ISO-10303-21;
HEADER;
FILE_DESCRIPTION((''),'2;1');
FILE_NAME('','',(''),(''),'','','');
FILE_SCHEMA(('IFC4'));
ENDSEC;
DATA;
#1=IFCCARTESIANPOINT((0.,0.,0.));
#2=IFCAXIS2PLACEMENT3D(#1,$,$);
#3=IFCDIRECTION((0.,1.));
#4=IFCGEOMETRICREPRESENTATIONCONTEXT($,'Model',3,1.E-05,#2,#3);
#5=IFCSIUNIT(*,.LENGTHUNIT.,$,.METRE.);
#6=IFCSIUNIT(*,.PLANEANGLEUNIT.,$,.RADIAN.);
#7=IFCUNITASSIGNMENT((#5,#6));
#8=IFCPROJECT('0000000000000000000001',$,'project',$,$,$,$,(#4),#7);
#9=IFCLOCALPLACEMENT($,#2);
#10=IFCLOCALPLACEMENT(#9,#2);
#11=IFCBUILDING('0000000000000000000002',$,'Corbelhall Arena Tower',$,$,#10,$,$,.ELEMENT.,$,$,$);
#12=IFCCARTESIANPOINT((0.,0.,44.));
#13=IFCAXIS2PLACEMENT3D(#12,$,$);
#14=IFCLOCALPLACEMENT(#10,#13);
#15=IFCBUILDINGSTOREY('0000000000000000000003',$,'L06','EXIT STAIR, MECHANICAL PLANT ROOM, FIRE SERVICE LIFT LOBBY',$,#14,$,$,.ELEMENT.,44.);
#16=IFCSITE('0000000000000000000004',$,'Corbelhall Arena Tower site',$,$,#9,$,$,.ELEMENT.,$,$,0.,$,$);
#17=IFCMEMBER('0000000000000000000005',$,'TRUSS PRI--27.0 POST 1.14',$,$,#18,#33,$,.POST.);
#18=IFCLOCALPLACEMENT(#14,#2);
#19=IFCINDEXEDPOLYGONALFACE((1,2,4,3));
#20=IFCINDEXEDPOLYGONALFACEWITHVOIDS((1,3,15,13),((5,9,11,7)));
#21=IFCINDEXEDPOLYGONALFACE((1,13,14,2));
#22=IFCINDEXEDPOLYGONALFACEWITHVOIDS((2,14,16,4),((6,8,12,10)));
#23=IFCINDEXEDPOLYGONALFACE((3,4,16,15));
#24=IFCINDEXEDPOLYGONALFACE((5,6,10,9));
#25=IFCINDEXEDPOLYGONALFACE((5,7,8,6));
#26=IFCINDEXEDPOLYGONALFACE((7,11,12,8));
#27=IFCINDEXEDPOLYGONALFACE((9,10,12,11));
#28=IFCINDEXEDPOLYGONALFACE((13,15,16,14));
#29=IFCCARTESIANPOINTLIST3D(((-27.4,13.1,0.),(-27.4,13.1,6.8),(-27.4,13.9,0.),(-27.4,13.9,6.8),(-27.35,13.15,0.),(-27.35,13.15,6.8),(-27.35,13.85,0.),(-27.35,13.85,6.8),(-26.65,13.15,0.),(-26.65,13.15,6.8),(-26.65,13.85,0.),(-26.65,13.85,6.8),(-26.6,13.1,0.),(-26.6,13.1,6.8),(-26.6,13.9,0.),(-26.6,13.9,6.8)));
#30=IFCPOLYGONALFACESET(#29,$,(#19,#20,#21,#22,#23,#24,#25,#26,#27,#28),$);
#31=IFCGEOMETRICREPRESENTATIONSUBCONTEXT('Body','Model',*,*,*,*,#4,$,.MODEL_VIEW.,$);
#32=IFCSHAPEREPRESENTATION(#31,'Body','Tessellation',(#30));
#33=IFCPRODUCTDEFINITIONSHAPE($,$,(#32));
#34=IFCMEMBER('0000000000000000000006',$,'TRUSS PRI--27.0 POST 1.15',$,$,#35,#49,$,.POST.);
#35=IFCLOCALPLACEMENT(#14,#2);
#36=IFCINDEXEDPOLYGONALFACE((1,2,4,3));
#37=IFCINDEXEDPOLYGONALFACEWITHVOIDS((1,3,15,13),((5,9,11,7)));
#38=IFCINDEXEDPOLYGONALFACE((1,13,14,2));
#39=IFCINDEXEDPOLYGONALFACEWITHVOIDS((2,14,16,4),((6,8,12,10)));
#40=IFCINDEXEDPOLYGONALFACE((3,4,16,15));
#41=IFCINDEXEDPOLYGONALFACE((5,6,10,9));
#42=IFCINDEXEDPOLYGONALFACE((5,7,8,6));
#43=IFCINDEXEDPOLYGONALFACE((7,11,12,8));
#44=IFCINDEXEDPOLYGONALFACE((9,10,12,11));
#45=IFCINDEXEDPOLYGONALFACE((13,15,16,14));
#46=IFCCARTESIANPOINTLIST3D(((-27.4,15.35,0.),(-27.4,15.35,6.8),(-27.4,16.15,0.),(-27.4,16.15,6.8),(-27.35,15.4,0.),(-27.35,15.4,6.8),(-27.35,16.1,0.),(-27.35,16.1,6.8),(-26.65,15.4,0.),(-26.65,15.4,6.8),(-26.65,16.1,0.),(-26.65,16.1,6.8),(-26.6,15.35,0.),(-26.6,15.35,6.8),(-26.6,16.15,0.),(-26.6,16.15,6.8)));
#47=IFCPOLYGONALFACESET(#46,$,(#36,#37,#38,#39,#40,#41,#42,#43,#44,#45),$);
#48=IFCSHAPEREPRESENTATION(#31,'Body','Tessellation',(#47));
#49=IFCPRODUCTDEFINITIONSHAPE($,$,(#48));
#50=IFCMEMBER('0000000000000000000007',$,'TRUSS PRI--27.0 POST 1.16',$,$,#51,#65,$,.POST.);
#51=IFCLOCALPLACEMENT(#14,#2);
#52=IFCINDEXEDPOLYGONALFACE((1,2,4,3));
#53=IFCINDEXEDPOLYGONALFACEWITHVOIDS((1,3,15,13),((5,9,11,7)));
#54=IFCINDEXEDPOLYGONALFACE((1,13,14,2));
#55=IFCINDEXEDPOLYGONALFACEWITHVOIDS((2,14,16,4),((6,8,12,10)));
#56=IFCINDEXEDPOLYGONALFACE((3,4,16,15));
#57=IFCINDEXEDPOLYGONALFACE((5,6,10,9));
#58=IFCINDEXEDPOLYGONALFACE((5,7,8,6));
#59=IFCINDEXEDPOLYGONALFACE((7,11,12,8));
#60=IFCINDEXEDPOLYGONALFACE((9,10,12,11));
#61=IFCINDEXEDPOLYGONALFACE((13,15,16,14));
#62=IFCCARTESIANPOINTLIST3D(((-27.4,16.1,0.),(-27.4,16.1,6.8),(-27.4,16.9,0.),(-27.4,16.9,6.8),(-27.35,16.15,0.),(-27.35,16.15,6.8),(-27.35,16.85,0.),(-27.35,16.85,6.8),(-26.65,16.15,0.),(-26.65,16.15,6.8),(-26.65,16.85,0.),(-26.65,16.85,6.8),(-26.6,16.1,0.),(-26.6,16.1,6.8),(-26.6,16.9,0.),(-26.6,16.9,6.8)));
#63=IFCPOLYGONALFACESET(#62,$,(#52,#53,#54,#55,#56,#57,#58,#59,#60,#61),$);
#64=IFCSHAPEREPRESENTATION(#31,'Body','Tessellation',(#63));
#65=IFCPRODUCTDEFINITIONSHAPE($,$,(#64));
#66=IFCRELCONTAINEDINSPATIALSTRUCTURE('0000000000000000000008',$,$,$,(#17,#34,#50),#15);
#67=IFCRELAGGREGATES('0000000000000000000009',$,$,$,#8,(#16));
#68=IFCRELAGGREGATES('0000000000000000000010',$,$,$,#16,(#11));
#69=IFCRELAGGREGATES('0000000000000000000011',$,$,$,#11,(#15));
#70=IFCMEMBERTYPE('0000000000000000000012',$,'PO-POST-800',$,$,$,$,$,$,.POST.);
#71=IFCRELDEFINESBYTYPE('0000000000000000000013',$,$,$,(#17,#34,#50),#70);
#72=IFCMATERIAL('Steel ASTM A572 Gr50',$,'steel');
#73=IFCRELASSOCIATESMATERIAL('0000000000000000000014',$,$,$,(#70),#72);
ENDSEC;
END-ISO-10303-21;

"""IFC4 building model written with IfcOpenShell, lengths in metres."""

from ifc_helpers import new_model, si_unit, direction, frame, origin, origin_2d, place, context, subcontext, project, spatial, hollow_rectangle, extrude, material, material_profile, profile_set, type_object, element, save


model = new_model("IFC4")

# Units and contexts
model_context = context("Model", 3, precision=1e-05, world=origin(), true_north=direction((0.0, 1.0)))
body_context = subcontext(model_context, "Body", "Model", "MODEL_VIEW")
ifc_project = project(units=[si_unit("LENGTHUNIT", "METRE"), si_unit("PLANEANGLEUNIT", "RADIAN")], contexts=[model_context])

# Site, building, storey
site_placement = place(None, origin())
site = spatial("IfcSite", under=ifc_project, at=site_placement, Name="Corbelhall Arena Tower site", CompositionType="ELEMENT", RefElevation=0.0)
building_placement = place(site_placement, origin())
building = spatial("IfcBuilding", under=site, at=building_placement, Name="Corbelhall Arena Tower", CompositionType="ELEMENT")
storey_placement = place(building_placement, frame((0.0, 0.0, 44.0)))
storey = spatial("IfcBuildingStorey", under=building, at=storey_placement, Name="L06", Description="EXIT STAIR, MECHANICAL PLANT ROOM, FIRE SERVICE LIFT LOBBY", CompositionType="ELEMENT", Elevation=44.0)

# Members
ifc_material = material(Name="Steel ASTM A572 Gr50", Category="steel")
ifc_material_profile_1 = material_profile(ifc_material, hollow_rectangle(XDim=0.8, YDim=0.8, WallThickness=0.05, at=origin_2d()))
ifc_profile_set_1 = profile_set([ifc_material_profile_1], Name="Steel ASTM A572 Gr50")
member_type_1 = type_object("IfcMemberType", Name="PO-POST-800", PredefinedType="POST", material=ifc_profile_set_1)
for number, where, z_axis, x_axis, name in (
    (1, (-27.0, 13.5, 0.0), (0.0, 0.0, 1.0), (1.0, 0.0, 0.0), "TRUSS PRI--27.0 POST 1.14"),
    (2, (-27.0, 15.75, 0.0), (0.0, 0.0, 1.0), (1.0, 0.0, 0.0), "TRUSS PRI--27.0 POST 1.15"),
    (3, (-27.0, 16.5, 0.0), (0.0, 0.0, 1.0), (1.0, 0.0, 0.0), "TRUSS PRI--27.0 POST 1.16"),
):
    element("IfcMember", number, at=place(storey_placement, frame(where, z_axis=z_axis, x_axis=x_axis)), inside=storey, type_object=member_type_1, Name=name, PredefinedType="POST", context=body_context, shape_type="SweptSolid", body=[
        extrude(hollow_rectangle(XDim=0.8, YDim=0.8, WallThickness=0.05, at=origin_2d()), origin(), (0.0, 0.0, 1.0), 6.8),
    ])

save(model, "model.ifc")
